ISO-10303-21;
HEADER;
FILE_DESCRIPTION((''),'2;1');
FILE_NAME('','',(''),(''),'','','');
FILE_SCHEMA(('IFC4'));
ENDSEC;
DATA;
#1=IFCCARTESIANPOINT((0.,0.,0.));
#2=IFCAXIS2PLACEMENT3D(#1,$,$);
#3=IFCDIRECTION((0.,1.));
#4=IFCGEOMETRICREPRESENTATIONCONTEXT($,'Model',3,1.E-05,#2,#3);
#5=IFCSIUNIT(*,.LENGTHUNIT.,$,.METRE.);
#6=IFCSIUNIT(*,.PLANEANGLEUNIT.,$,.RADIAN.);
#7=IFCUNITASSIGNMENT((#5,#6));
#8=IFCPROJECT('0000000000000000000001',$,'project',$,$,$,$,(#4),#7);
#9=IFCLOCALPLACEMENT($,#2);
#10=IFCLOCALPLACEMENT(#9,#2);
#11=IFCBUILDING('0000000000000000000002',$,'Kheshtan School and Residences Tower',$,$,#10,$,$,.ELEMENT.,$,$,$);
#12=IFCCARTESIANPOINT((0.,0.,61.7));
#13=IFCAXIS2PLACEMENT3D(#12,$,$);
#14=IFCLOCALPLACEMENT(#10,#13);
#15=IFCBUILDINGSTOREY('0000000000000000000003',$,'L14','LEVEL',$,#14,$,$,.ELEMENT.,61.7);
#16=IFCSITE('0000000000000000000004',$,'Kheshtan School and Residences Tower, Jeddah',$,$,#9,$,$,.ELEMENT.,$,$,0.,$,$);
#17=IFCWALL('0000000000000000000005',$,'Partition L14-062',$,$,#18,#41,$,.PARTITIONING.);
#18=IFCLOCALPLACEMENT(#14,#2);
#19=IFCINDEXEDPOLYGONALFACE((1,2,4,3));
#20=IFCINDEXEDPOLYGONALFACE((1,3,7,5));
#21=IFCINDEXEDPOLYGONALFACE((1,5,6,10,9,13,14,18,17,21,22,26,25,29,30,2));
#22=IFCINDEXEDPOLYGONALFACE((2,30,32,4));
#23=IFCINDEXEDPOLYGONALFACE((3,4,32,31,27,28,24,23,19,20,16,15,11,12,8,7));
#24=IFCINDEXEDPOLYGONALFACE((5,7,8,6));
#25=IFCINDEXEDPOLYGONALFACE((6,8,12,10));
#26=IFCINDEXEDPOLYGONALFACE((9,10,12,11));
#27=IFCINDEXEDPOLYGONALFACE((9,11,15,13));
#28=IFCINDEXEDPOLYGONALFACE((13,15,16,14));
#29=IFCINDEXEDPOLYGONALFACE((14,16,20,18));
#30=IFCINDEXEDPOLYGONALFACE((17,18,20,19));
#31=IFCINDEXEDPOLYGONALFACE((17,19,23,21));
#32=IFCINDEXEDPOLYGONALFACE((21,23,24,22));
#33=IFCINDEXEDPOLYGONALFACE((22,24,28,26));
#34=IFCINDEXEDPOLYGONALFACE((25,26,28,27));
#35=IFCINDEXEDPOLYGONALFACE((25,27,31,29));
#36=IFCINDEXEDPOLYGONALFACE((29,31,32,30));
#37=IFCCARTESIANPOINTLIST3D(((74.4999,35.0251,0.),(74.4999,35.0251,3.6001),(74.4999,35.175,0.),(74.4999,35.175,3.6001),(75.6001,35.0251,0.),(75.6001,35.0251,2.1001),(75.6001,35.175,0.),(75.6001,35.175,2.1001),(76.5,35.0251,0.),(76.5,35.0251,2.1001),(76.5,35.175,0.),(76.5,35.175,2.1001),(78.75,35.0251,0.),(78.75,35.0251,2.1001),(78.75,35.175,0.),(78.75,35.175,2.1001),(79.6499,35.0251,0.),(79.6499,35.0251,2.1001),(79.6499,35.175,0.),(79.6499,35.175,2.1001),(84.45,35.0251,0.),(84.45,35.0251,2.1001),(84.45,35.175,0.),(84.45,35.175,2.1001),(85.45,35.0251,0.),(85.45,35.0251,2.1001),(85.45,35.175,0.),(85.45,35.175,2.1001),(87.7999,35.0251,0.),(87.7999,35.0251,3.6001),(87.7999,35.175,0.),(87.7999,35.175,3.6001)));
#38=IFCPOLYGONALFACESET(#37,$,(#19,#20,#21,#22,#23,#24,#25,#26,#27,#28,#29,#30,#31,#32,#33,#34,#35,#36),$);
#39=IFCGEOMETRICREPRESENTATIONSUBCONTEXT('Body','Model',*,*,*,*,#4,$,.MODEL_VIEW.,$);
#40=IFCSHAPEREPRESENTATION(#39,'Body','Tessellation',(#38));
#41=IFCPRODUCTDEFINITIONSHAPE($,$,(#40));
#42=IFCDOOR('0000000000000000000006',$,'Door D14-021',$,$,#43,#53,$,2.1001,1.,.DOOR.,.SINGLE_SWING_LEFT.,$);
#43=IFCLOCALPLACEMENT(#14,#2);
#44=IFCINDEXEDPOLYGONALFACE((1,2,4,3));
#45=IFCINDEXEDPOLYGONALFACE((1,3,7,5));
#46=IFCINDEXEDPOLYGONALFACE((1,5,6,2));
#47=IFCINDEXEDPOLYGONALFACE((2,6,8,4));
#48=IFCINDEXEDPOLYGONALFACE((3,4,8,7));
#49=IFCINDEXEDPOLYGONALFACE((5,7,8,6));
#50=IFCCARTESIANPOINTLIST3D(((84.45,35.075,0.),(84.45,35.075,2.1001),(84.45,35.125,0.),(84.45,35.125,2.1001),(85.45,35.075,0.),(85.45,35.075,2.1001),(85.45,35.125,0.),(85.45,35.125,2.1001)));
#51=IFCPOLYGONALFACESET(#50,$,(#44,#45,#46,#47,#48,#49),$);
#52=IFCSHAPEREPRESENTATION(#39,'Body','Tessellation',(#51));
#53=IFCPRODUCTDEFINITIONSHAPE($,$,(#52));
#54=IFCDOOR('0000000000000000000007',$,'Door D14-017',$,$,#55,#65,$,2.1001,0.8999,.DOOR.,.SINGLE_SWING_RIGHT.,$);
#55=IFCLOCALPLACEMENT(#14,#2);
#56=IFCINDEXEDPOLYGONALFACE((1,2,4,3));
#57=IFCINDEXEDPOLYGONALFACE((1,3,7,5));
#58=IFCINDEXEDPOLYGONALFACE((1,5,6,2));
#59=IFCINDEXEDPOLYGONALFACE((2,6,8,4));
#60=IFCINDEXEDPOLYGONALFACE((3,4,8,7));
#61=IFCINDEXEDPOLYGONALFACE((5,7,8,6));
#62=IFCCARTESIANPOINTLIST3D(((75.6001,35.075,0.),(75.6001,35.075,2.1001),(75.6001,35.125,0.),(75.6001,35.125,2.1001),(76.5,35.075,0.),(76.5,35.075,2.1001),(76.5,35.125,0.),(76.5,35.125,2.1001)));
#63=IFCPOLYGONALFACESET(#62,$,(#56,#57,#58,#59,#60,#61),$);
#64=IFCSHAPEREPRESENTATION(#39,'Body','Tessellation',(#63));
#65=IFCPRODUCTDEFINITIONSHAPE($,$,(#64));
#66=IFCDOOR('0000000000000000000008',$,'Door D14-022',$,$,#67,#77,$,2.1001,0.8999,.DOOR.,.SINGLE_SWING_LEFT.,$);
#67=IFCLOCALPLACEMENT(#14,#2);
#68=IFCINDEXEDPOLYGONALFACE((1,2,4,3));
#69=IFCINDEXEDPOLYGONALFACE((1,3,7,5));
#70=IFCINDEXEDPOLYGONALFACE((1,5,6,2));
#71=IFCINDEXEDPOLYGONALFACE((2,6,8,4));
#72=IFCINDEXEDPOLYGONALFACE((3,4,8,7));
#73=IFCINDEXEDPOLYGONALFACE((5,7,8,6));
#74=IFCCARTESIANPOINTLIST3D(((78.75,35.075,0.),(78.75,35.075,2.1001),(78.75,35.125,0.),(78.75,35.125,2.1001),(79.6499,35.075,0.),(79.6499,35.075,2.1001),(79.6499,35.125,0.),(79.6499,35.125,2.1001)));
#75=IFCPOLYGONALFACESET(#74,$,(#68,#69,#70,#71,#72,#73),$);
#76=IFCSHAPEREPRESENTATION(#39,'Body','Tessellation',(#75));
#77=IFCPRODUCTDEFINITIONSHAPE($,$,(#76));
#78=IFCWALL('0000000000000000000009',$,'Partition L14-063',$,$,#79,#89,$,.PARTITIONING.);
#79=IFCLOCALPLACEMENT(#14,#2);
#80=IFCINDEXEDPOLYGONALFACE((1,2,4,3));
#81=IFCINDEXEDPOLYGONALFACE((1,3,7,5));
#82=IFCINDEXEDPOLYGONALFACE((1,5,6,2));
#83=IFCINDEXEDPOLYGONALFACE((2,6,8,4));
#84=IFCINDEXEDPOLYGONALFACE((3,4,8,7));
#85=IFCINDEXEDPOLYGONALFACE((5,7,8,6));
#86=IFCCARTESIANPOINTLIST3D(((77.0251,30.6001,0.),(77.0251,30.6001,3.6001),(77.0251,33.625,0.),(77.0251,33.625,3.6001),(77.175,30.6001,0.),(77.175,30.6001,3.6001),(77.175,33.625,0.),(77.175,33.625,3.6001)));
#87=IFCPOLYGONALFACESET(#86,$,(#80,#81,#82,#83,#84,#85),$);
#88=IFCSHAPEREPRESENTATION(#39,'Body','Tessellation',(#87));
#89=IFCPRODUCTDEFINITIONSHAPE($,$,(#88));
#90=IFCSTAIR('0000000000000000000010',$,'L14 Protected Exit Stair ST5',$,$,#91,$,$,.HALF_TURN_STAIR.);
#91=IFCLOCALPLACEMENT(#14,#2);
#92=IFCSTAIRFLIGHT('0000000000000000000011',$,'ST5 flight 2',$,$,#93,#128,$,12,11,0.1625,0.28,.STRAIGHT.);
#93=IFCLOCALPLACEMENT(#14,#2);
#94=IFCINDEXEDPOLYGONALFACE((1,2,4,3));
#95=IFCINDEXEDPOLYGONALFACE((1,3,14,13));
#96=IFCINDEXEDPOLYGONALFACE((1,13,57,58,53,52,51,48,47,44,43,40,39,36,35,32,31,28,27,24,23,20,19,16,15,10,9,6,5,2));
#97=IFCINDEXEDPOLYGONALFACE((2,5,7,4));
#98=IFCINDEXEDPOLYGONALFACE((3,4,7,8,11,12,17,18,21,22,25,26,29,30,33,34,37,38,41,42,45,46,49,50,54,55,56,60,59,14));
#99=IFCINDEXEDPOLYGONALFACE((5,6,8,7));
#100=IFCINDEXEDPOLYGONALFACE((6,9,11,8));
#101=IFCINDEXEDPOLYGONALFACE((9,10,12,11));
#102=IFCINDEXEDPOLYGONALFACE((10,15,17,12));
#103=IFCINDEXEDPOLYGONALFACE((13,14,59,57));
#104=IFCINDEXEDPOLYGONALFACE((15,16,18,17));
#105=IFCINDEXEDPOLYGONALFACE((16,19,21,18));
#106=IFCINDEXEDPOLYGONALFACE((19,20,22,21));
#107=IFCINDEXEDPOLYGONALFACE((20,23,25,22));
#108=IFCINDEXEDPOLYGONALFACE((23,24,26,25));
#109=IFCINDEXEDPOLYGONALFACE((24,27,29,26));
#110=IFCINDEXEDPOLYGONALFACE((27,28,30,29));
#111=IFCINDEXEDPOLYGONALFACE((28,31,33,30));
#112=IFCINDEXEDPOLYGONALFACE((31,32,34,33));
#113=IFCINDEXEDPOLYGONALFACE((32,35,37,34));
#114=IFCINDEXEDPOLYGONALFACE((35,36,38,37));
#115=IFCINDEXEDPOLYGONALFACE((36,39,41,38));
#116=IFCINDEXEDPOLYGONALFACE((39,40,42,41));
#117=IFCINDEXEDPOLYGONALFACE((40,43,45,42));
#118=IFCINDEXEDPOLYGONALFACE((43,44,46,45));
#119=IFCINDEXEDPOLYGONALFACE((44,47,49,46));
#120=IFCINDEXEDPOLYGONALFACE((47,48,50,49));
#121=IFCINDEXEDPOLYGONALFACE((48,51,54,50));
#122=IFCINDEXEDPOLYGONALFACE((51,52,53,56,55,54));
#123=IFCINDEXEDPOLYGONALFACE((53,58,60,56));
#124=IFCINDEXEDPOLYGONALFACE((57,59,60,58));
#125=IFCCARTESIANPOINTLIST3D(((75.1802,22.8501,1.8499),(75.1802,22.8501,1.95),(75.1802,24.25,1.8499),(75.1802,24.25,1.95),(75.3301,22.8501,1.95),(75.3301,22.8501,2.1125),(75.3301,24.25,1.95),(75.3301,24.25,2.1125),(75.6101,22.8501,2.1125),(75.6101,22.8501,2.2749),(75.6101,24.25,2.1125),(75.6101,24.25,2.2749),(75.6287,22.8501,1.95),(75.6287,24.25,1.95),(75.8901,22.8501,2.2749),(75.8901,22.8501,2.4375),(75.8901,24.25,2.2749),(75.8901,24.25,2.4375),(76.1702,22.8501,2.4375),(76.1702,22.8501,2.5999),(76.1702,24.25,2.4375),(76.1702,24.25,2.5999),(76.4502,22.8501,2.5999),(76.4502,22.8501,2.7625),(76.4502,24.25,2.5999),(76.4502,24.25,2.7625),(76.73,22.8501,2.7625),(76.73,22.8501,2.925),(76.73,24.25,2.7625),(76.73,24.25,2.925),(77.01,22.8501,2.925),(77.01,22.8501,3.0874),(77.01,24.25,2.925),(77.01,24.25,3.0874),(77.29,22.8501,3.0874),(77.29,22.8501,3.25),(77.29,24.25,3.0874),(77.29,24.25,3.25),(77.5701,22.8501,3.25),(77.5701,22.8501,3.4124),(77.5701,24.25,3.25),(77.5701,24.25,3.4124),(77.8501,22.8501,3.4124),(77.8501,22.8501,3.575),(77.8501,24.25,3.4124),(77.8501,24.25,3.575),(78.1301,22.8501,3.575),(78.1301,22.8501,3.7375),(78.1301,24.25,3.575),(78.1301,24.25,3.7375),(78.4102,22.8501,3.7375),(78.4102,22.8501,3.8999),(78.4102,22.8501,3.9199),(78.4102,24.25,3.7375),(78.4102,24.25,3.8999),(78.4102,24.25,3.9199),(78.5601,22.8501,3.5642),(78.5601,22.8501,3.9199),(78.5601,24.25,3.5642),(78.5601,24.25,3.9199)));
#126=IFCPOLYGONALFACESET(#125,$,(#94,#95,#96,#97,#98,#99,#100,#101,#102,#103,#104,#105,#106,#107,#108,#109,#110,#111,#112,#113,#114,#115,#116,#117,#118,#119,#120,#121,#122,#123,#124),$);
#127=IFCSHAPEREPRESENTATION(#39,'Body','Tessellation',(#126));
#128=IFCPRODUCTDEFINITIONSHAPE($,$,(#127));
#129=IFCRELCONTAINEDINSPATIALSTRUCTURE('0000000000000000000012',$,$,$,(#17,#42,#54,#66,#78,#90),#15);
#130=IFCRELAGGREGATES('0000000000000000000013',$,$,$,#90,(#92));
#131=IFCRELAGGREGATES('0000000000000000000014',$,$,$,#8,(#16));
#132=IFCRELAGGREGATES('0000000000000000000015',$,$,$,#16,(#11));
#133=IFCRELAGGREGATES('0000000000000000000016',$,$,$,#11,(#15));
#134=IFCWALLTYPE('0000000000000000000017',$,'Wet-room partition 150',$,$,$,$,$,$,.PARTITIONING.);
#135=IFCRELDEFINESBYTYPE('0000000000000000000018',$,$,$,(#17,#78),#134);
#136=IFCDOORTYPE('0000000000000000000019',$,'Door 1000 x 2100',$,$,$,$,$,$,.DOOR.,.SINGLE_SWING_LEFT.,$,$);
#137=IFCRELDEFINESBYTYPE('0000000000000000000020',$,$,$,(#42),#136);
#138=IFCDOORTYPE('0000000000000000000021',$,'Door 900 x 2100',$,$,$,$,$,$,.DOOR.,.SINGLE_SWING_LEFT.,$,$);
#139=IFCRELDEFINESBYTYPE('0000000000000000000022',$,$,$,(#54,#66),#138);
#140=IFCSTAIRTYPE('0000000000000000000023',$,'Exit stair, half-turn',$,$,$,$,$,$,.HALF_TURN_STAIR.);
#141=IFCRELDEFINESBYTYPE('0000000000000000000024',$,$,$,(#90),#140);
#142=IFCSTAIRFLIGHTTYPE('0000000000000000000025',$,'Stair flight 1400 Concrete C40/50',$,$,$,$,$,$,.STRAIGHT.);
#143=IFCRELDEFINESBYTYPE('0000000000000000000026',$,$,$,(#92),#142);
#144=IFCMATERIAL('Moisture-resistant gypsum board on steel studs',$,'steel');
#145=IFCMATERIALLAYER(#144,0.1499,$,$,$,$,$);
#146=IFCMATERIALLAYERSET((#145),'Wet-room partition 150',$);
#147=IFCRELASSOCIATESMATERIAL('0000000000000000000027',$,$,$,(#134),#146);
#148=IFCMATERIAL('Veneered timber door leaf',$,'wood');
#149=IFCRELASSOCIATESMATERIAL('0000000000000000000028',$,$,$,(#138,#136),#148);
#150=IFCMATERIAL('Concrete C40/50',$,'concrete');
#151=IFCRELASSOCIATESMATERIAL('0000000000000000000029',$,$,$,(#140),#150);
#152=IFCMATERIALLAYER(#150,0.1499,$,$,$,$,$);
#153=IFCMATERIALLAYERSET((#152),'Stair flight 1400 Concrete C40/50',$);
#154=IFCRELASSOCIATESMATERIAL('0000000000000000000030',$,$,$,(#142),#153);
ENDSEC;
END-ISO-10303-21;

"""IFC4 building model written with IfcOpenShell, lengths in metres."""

from ifc_helpers import new_model, si_unit, direction, frame, frame_2d, origin, place, context, subcontext, project, spatial, polyline, rectangle, outline, extrude, source, transform, mapped, material, layer, layer_set, type_object, element, fill, aggregate, save


model = new_model("IFC4")

# Units and contexts
model_context = context("Model", 3, precision=1e-05, world=origin(), true_north=direction((0.0, 1.0)))
body_context = subcontext(model_context, "Body", "Model", "MODEL_VIEW")
ifc_project = project(units=[si_unit("LENGTHUNIT", "METRE"), si_unit("PLANEANGLEUNIT", "RADIAN")], contexts=[model_context])

# Site, building, storey
site_placement = place(None, origin())
site = spatial("IfcSite", under=ifc_project, at=site_placement, Name="Kheshtan School and Residences Tower, Jeddah", CompositionType="ELEMENT", RefElevation=0.0)
building_placement = place(site_placement, origin())
building = spatial("IfcBuilding", under=site, at=building_placement, Name="Kheshtan School and Residences Tower", CompositionType="ELEMENT")
storey_placement = place(building_placement, frame((0.0, 0.0, 61.7)))
storey = spatial("IfcBuildingStorey", under=building, at=storey_placement, Name="L14", Description="LEVEL", CompositionType="ELEMENT", Elevation=61.7)

# Shared definitions
ifc_material_1 = material(Name="Moisture-resistant gypsum board on steel studs", Category="steel")
ifc_layer_1 = layer(ifc_material_1, 0.1499)
ifc_layer_set_1 = layer_set([ifc_layer_1], Name="Wet-room partition 150")
wall_type_1 = type_object("IfcWallType", Name="Wet-room partition 150", PredefinedType="PARTITIONING", material=ifc_layer_set_1)

# Shared definitions
ifc_material_2 = material(Name="Veneered timber door leaf", Category="wood")

# Wall, openings, doors
door_type_1 = type_object("IfcDoorType", Name="Door 900 x 2100", OperationType="SINGLE_SWING_LEFT", PredefinedType="DOOR", material=ifc_material_2)
shared_shape_1 = source(origin(), body_context, "Body", "SweptSolid", [
    extrude(rectangle(XDim=0.8999, YDim=2.1001, at=frame_2d((0.45, 1.05))), frame((0.0, 0.0249, 0.0), z_axis=(0.0, -1.0, 0.0), x_axis=(1.0, 0.0, 0.0)), (0.0, 0.0, 1.0), 0.05),
])
wall_1_placement = place(storey_placement, frame((74.5, 35.1001, 0.0), z_axis=(0.0, 0.0, 1.0), x_axis=(1.0, 0.0, 0.0)))
wall_1 = element("IfcWall", 1, at=wall_1_placement, inside=storey, type_object=wall_type_1, Name="Partition L14-062", PredefinedType="PARTITIONING", context=body_context, shape_type="SweptSolid", body=[
    extrude(rectangle(XDim=13.3, YDim=0.1499, at=frame_2d((6.6499, 0.0))), origin(), (0.0, 0.0, 1.0), 3.6001),
])
opening_1_placement = place(wall_1_placement, frame((1.1001, 0.0, 0.0)))
opening_1 = element("IfcOpeningElement", 2, at=opening_1_placement, cuts=wall_1, PredefinedType="OPENING", context=body_context, shape_type="SweptSolid", body=[
    extrude(rectangle(XDim=0.8999, YDim=2.1001, at=frame_2d((0.45, 1.05))), frame((0.0, 0.085, 0.0), z_axis=(0.0, -1.0, 0.0), x_axis=(1.0, 0.0, 0.0)), (0.0, 0.0, 1.0), 0.1699),
])
opening_2_placement = place(wall_1_placement, frame((9.95, 0.0, 0.0)))
opening_2 = element("IfcOpeningElement", 3, at=opening_2_placement, cuts=wall_1, PredefinedType="OPENING", context=body_context, shape_type="SweptSolid", body=[
    extrude(rectangle(XDim=1.0, YDim=2.1001, at=frame_2d((0.5, 1.05))), frame((0.0, 0.085, 0.0), z_axis=(0.0, -1.0, 0.0), x_axis=(1.0, 0.0, 0.0)), (0.0, 0.0, 1.0), 0.1699),
])
opening_3_placement = place(wall_1_placement, frame((4.25, 0.0, 0.0)))
opening_3 = element("IfcOpeningElement", 4, at=opening_3_placement, cuts=wall_1, PredefinedType="OPENING", context=body_context, shape_type="SweptSolid", body=[
    extrude(rectangle(XDim=0.8999, YDim=2.1001, at=frame_2d((0.45, 1.05))), frame((0.0, 0.085, 0.0), z_axis=(0.0, -1.0, 0.0), x_axis=(1.0, 0.0, 0.0)), (0.0, 0.0, 1.0), 0.1699),
])
door_type_2 = type_object("IfcDoorType", Name="Door 1000 x 2100", OperationType="SINGLE_SWING_LEFT", PredefinedType="DOOR", material=ifc_material_2)
shared_shape_2 = source(origin(), body_context, "Body", "SweptSolid", [
    extrude(rectangle(XDim=1.0, YDim=2.1001, at=frame_2d((0.5, 1.05))), frame((0.0, 0.0249, 0.0), z_axis=(0.0, -1.0, 0.0), x_axis=(1.0, 0.0, 0.0)), (0.0, 0.0, 1.0), 0.05),
])
door_1_placement = place(opening_2_placement, origin())
door_1 = element("IfcDoor", 5, at=door_1_placement, inside=storey, type_object=door_type_2, Name="Door D14-021", OperationType="SINGLE_SWING_LEFT", OverallHeight=2.1001, OverallWidth=1.0, PredefinedType="DOOR", context=body_context, shape_type="MappedRepresentation", body=[
    mapped(shared_shape_2, transform((0.0, 0.0, 0.0), x_axis=(1.0, 0.0, 0.0), y_axis=(0.0, 1.0, 0.0), z_axis=(0.0, 0.0, 1.0), scale=1.0)),
])
fill(opening_2, door_1)
door_2_placement = place(opening_1_placement, origin())
door_2 = element("IfcDoor", 6, at=door_2_placement, inside=storey, type_object=door_type_1, Name="Door D14-017", OperationType="SINGLE_SWING_RIGHT", OverallHeight=2.1001, OverallWidth=0.8999, PredefinedType="DOOR", context=body_context, shape_type="MappedRepresentation", body=[
    mapped(shared_shape_1, transform((0.0, 0.0, 0.0), x_axis=(1.0, 0.0, 0.0), y_axis=(0.0, 1.0, 0.0), z_axis=(0.0, 0.0, 1.0), scale=1.0)),
])
fill(opening_1, door_2)
door_3_placement = place(opening_3_placement, origin())
door_3 = element("IfcDoor", 7, at=door_3_placement, inside=storey, type_object=door_type_1, Name="Door D14-022", OperationType="SINGLE_SWING_LEFT", OverallHeight=2.1001, OverallWidth=0.8999, PredefinedType="DOOR", context=body_context, shape_type="MappedRepresentation", body=[
    mapped(shared_shape_1, transform((0.0, 0.0, 0.0), x_axis=(1.0, 0.0, 0.0), y_axis=(0.0, 1.0, 0.0), z_axis=(0.0, 0.0, 1.0), scale=1.0)),
])
fill(opening_3, door_3)

# Wall
wall_2_placement = place(storey_placement, frame((77.1001, 30.6001, 0.0), z_axis=(0.0, 0.0, 1.0), x_axis=(0.0, 1.0, 0.0)))
element("IfcWall", 8, at=wall_2_placement, inside=storey, type_object=wall_type_1, Name="Partition L14-063", PredefinedType="PARTITIONING", context=body_context, shape_type="SweptSolid", body=[
    extrude(rectangle(XDim=3.0249, YDim=0.1499, at=frame_2d((1.5125, 0.0))), origin(), (0.0, 0.0, 1.0), 3.6001),
])

# Stair, stair flight
ifc_material_3 = material(Name="Concrete C40/50", Category="concrete")
stair_type = type_object("IfcStairType", Name="Exit stair, half-turn", PredefinedType="HALF_TURN_STAIR", material=ifc_material_3)
stair_placement = place(storey_placement, origin())
stair = element("IfcStair", 9, at=stair_placement, inside=storey, type_object=stair_type, Name="L14 Protected Exit Stair ST5", PredefinedType="HALF_TURN_STAIR")
ifc_layer_2 = layer(ifc_material_3, 0.1499)
ifc_layer_set_2 = layer_set([ifc_layer_2], Name="Stair flight 1400 Concrete C40/50")
stair_flight_type = type_object("IfcStairFlightType", Name="Stair flight 1400 Concrete C40/50", PredefinedType="STRAIGHT", material=ifc_layer_set_2)
stair_flight_placement = place(storey_placement, frame((75.3301, 23.55, 1.95), z_axis=(0.0, 0.0, 1.0), x_axis=(1.0, 0.0, 0.0)))
stair_flight = element("IfcStairFlight", 10, at=stair_flight_placement, type_object=stair_flight_type, Name="ST5 flight 2", NumberOfRisers=12, NumberOfTreads=11, PredefinedType="STRAIGHT", RiserHeight=0.1625, TreadLength=0.28, context=body_context, shape_type="SweptSolid", body=[
    extrude(outline(polyline([(-0.1499, -0.1001), (-0.1499, 0.0), (0.0, 0.0), (0.0, 0.1626), (0.28, 0.1626), (0.28, 0.325), (0.5601, 0.325), (0.5601, 0.4875), (0.8401, 0.4875), (0.8401, 0.6499), (1.1201, 0.6499), (1.1201, 0.8125), (1.3999, 0.8125), (1.3999, 0.9751), (1.6799, 0.9751), (1.6799, 1.1375), (1.96, 1.1375), (1.96, 1.3), (2.24, 1.3), (2.24, 1.4624), (2.52, 1.4624), (2.52, 1.625), (2.8, 1.625), (2.8, 1.7876), (3.0801, 1.7876), (3.0801, 1.95), (3.0801, 1.97), (3.23, 1.97), (3.23, 1.6143), (0.2986, 0.0), (-0.1499, -0.1001)])), frame((0.0, 0.7, 0.0), z_axis=(0.0, -1.0, 0.0), x_axis=(1.0, 0.0, 0.0)), (0.0, 0.0, 1.0), 1.3999),
])
aggregate(stair, [stair_flight])

save(model, "model.ifc")
